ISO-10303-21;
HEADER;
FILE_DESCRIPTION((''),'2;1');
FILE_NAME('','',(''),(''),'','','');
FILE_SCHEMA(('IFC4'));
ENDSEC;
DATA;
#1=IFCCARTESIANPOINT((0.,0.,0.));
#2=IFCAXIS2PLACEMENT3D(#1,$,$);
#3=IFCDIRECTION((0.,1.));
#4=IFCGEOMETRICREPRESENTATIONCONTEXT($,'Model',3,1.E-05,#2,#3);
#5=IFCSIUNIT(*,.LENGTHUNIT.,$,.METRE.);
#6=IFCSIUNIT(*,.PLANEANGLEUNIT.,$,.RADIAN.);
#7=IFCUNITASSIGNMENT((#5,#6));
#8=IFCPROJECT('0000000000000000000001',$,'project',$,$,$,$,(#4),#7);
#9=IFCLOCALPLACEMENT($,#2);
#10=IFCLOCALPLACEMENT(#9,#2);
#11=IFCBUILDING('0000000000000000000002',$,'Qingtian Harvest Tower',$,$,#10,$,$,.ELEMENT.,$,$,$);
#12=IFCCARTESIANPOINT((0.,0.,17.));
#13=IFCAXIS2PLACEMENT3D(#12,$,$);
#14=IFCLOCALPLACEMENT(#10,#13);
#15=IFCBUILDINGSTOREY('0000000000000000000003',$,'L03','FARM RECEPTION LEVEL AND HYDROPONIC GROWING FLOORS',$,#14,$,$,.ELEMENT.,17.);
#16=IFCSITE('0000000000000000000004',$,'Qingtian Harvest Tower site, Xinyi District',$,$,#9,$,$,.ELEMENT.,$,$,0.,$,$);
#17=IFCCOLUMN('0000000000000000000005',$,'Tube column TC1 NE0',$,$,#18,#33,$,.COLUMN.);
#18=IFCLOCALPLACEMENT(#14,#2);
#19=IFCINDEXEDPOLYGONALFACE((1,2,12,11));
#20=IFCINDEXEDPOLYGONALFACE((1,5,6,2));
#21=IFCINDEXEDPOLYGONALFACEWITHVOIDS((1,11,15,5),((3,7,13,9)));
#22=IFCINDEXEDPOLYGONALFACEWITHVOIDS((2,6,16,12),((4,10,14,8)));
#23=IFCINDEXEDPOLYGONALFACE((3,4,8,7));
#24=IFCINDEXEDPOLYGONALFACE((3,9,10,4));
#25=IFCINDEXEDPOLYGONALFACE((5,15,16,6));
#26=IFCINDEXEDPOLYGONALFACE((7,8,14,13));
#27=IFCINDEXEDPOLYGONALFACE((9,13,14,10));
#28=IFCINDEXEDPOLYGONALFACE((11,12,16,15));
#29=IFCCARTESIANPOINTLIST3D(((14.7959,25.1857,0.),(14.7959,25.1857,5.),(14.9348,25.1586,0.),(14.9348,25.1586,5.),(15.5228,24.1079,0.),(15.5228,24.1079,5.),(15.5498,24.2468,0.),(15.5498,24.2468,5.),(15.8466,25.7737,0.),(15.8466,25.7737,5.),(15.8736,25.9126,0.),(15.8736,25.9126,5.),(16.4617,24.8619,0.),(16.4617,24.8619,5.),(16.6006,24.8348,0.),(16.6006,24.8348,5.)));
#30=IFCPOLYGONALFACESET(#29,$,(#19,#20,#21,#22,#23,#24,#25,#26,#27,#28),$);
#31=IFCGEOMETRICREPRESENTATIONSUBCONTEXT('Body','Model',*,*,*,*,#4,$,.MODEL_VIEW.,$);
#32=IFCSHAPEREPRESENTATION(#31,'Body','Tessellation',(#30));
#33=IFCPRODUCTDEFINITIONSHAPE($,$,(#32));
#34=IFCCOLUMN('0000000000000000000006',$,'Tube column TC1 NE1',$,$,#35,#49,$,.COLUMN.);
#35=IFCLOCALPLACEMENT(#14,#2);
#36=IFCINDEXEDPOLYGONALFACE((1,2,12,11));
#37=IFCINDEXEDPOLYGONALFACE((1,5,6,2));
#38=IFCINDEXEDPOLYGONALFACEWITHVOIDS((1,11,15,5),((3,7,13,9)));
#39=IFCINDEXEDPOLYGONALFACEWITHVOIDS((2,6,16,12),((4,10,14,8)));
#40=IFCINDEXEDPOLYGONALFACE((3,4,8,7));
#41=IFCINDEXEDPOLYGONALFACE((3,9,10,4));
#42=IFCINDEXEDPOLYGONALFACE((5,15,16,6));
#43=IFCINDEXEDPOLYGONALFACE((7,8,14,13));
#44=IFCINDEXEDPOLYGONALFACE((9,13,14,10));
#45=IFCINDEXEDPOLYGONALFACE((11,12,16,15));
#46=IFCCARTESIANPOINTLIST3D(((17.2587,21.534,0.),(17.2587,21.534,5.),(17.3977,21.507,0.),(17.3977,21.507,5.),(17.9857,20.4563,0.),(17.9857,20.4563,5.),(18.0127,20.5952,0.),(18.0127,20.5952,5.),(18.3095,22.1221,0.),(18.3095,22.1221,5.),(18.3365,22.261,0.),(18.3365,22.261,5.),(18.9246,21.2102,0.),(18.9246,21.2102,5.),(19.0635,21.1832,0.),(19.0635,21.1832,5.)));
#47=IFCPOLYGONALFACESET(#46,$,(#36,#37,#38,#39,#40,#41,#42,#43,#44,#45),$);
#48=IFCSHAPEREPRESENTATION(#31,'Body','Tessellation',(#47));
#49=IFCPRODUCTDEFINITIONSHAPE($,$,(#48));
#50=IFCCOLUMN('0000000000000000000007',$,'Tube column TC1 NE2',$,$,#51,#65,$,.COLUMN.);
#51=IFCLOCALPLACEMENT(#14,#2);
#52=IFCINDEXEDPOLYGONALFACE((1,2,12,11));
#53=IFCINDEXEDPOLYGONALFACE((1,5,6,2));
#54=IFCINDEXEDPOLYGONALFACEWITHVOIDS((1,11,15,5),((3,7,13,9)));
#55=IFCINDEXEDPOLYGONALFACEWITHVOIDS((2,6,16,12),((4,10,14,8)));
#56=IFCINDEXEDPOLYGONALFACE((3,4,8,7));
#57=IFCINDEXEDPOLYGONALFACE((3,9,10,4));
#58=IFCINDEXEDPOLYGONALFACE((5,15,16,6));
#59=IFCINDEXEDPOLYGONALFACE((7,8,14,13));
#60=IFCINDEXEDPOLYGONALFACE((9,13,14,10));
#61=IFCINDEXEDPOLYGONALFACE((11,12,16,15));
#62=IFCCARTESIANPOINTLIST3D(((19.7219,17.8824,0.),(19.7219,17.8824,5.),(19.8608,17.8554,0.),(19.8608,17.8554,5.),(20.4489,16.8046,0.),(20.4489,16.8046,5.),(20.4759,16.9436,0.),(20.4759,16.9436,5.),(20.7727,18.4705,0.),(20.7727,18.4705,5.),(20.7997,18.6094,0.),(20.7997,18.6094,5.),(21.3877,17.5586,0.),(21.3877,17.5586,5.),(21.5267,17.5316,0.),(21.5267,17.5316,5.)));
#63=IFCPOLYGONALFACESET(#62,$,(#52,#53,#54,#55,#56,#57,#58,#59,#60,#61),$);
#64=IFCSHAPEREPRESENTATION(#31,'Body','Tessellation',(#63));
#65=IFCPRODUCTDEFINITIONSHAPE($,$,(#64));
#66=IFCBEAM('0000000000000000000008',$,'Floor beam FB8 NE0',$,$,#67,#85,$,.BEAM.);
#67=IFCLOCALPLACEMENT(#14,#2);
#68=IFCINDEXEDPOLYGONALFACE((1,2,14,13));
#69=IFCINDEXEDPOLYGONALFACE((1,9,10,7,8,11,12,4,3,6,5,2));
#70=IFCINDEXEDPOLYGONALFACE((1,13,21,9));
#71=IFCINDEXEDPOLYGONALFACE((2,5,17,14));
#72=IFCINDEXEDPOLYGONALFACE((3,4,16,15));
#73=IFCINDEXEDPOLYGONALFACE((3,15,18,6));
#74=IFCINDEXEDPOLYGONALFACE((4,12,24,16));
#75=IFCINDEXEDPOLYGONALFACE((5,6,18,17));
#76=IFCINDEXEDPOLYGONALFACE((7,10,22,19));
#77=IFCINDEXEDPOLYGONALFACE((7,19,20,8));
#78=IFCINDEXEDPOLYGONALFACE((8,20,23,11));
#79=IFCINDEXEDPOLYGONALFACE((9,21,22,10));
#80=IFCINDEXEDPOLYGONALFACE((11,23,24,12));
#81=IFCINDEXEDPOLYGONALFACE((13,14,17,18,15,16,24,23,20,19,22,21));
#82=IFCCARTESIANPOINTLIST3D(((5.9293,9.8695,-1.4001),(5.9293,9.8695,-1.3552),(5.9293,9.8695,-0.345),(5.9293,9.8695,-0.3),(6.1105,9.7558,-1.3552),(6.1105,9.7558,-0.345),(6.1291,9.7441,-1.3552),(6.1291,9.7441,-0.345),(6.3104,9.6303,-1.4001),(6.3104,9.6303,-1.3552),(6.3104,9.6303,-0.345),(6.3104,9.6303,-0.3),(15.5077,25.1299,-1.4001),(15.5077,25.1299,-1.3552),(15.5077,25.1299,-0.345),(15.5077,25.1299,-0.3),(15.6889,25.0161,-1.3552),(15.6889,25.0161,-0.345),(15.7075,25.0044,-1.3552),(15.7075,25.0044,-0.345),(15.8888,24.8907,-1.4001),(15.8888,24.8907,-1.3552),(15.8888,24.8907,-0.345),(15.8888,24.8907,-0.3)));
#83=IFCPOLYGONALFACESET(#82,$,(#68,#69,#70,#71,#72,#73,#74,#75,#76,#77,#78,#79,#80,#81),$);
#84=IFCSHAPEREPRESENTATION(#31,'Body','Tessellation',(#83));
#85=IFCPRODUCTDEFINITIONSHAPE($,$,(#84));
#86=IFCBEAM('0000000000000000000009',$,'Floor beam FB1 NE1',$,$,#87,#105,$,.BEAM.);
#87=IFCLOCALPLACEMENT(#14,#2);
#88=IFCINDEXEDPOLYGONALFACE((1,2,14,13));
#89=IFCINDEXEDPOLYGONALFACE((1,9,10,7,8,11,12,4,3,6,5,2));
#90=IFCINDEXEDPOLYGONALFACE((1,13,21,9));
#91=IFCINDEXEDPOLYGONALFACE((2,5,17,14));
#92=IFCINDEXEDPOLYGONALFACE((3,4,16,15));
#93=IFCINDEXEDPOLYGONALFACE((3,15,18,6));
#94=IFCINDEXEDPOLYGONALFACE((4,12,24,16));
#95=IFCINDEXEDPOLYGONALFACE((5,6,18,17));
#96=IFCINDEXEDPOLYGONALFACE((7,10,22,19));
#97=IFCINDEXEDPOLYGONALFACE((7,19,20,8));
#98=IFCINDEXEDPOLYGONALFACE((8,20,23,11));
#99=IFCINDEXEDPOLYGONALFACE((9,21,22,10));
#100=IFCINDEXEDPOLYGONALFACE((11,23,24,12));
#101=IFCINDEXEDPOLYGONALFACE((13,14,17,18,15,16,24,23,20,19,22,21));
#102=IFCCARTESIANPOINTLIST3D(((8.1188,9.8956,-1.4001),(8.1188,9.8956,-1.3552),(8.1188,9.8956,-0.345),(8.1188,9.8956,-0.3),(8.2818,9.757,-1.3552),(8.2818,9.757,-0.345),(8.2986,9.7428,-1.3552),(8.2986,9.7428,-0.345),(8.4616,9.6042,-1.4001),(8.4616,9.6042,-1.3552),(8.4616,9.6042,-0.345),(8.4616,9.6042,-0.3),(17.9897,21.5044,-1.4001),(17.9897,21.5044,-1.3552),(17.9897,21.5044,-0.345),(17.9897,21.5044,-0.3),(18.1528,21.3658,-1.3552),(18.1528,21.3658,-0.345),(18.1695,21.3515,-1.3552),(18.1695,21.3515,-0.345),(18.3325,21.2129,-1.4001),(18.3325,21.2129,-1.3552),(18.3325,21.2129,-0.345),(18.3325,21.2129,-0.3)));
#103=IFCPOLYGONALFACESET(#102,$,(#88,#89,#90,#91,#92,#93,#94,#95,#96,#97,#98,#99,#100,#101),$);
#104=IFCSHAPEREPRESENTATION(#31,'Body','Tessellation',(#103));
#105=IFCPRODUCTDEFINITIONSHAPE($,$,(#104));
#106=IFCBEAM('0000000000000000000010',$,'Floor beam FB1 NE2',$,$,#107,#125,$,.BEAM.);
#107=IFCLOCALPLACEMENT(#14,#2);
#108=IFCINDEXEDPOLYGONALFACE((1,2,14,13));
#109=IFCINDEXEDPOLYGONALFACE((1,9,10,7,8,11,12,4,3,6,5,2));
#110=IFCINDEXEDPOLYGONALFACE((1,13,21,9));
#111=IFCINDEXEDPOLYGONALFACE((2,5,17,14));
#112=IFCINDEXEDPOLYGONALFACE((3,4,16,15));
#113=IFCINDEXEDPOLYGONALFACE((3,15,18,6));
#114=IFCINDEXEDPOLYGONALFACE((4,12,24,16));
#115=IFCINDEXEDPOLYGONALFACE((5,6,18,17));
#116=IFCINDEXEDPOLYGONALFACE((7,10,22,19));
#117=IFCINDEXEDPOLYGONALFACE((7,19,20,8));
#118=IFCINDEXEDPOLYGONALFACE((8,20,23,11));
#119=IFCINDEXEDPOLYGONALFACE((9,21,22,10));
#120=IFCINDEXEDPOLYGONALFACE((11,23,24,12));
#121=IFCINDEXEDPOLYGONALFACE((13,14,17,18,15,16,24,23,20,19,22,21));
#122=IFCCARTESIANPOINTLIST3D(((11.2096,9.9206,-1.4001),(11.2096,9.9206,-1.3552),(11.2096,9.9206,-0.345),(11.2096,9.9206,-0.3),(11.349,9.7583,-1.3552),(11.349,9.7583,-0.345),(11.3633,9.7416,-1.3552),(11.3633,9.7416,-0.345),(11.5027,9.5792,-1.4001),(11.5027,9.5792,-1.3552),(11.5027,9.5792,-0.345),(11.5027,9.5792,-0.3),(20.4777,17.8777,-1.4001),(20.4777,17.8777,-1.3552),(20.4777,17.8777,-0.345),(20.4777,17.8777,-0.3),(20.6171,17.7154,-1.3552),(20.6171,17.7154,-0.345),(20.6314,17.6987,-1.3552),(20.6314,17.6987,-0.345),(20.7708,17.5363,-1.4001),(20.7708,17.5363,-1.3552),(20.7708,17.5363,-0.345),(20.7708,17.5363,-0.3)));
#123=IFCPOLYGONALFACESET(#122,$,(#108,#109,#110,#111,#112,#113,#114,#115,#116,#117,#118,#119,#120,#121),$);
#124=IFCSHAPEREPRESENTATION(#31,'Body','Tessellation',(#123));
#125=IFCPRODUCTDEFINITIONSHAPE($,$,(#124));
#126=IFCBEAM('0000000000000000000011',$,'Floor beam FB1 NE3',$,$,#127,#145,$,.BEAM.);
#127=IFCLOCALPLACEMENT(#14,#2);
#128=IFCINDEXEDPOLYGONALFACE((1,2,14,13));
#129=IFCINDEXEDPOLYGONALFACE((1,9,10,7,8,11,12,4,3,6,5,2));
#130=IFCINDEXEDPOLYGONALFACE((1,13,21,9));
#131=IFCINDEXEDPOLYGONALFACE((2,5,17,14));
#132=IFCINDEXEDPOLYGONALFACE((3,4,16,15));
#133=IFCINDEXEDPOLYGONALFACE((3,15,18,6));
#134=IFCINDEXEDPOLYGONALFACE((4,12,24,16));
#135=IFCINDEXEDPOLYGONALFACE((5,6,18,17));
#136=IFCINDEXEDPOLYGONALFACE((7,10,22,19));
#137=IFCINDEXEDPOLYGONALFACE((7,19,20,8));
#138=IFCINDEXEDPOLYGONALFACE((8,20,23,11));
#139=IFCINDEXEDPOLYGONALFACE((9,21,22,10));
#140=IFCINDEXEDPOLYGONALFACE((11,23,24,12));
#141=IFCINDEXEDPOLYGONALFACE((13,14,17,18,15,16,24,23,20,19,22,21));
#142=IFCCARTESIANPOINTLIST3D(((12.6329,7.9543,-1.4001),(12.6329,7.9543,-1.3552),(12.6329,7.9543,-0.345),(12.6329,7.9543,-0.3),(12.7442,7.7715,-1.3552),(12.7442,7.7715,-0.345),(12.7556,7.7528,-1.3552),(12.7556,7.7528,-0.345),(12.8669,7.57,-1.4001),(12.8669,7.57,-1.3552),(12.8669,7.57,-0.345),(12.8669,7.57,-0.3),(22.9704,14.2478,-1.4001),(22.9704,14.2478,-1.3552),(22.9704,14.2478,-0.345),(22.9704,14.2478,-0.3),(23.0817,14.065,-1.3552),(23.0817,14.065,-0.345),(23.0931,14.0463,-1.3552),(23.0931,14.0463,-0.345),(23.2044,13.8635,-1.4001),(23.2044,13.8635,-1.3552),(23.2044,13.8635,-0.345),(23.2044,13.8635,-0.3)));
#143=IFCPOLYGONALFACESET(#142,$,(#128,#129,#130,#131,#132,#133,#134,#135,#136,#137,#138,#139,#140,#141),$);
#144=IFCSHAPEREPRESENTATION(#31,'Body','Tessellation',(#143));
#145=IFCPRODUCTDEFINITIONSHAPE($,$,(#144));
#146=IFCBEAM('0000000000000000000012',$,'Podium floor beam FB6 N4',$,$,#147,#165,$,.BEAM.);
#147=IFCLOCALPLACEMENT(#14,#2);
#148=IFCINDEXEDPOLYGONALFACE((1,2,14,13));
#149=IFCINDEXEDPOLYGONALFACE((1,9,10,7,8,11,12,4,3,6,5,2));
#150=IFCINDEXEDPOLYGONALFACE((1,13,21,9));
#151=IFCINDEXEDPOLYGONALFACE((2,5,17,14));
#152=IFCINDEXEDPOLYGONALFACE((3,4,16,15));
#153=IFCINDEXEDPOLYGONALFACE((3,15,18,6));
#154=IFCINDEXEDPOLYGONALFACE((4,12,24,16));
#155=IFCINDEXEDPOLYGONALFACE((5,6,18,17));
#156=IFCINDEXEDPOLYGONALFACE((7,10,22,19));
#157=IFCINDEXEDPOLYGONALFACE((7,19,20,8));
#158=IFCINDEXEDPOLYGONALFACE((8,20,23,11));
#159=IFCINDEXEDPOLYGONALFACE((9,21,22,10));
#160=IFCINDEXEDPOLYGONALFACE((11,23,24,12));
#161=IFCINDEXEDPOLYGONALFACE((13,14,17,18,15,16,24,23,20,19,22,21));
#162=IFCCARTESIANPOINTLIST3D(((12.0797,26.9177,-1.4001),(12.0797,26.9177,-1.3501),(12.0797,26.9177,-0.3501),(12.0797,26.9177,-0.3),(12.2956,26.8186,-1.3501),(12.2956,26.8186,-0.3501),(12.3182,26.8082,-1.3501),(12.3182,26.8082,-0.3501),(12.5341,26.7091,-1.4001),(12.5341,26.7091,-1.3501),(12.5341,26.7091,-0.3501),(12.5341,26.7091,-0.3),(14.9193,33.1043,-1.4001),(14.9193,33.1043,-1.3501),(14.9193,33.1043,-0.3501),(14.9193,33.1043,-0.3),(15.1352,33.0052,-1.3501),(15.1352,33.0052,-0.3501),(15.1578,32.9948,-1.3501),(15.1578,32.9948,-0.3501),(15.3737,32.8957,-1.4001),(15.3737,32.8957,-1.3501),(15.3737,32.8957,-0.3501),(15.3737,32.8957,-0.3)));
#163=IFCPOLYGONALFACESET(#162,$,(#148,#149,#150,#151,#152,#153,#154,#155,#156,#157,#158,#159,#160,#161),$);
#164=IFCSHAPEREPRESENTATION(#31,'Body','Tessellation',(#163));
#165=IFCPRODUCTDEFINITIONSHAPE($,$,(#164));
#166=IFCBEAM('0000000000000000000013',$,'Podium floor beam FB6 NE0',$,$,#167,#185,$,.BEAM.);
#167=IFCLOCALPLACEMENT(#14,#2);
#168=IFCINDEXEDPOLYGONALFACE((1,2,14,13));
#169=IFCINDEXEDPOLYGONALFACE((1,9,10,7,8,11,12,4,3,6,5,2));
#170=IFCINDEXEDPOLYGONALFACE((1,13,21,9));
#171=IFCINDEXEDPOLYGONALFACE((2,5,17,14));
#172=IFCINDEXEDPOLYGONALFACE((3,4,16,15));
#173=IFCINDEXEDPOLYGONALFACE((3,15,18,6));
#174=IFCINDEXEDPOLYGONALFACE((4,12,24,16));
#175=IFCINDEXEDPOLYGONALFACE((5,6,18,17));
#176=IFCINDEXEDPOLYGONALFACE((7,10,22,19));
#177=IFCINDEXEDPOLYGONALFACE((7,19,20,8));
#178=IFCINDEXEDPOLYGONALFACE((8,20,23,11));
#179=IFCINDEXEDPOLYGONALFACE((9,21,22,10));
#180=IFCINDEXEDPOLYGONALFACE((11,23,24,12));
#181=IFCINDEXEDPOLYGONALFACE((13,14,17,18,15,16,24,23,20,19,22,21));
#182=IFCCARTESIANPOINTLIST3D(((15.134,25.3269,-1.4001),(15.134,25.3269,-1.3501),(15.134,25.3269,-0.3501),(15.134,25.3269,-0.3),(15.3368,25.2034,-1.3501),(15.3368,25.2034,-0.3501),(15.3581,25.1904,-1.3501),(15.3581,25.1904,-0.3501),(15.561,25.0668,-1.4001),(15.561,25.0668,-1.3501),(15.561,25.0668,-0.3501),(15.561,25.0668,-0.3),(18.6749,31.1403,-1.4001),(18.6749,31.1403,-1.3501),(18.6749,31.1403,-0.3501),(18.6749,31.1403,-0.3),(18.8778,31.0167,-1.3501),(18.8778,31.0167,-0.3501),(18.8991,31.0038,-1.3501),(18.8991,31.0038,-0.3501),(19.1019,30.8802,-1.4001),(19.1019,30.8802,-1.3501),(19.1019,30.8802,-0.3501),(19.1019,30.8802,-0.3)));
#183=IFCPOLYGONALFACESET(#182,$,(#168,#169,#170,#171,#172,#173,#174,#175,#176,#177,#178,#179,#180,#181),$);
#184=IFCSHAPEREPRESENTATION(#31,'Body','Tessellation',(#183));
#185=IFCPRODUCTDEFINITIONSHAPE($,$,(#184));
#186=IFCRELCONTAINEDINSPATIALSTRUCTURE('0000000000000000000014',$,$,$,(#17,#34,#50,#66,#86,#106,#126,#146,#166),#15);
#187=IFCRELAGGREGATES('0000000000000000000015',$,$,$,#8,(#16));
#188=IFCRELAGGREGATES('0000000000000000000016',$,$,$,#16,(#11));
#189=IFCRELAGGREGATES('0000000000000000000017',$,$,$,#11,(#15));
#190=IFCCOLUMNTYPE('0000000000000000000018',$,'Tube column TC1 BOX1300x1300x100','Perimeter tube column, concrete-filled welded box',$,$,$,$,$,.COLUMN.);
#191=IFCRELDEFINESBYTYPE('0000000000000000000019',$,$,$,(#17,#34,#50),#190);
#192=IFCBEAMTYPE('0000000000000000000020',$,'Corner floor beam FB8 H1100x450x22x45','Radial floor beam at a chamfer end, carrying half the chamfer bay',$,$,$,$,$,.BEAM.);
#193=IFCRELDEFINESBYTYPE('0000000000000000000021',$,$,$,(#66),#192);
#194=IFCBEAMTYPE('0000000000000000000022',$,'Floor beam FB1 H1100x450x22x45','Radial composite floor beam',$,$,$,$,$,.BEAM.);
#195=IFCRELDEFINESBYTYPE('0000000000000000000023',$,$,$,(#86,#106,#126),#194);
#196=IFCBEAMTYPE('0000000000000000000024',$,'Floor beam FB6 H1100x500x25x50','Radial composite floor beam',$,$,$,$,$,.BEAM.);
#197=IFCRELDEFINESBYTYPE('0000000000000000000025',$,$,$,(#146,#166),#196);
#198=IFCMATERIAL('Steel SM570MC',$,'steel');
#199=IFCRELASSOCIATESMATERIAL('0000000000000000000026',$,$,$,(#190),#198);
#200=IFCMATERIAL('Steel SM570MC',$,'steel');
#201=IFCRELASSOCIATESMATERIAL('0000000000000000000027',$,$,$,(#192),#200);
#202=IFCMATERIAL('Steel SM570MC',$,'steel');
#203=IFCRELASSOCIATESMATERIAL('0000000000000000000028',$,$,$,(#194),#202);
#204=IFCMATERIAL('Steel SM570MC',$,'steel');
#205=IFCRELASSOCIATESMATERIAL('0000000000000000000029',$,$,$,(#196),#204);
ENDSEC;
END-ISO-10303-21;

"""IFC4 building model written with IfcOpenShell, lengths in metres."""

from ifc_helpers import new_model, si_unit, direction, frame, origin, origin_2d, place, context, subcontext, project, spatial, hollow_rectangle, i_section, extrude, material, material_profile, profile_set, type_object, element, save


model = new_model("IFC4")

# Units and contexts
model_context = context("Model", 3, precision=1e-05, world=origin(), true_north=direction((0.0, 1.0)))
body_context = subcontext(model_context, "Body", "Model", "MODEL_VIEW")
ifc_project = project(units=[si_unit("LENGTHUNIT", "METRE"), si_unit("PLANEANGLEUNIT", "RADIAN")], contexts=[model_context])

# Site, building, storey
site_placement = place(None, origin())
site = spatial("IfcSite", under=ifc_project, at=site_placement, Name="Qingtian Harvest Tower site, Xinyi District", CompositionType="ELEMENT", RefElevation=0.0)
building_placement = place(site_placement, origin())
building = spatial("IfcBuilding", under=site, at=building_placement, Name="Qingtian Harvest Tower", CompositionType="ELEMENT")
storey_placement = place(building_placement, frame((0.0, 0.0, 17.0)))
storey = spatial("IfcBuildingStorey", under=building, at=storey_placement, Name="L03", Description="FARM RECEPTION LEVEL AND HYDROPONIC GROWING FLOORS", CompositionType="ELEMENT", Elevation=17.0)

# Columns
ifc_material_1 = material(Name="Steel SM570MC", Category="steel")
ifc_material_profile_1 = material_profile(ifc_material_1, hollow_rectangle(XDim=1.3, YDim=1.3, WallThickness=0.1001, at=origin_2d()), Name="BOX1300x1300x100")
ifc_profile_set_1 = profile_set([ifc_material_profile_1], Name="Steel SM570MC")
column_type = type_object("IfcColumnType", Name="Tube column TC1 BOX1300x1300x100", Description="Perimeter tube column, concrete-filled welded box", PredefinedType="COLUMN", material=ifc_profile_set_1)
for number, where, z_axis, x_axis, name in (
    (1, (15.6982, 25.0103, 0.0), (0.0, 0.0, 1.0), (-0.559193, 0.829038, 0.0), "Tube column TC1 NE0"),
    (2, (18.1611, 21.3586, 0.0), (0.0, 0.0, 1.0), (-0.559193, 0.829038, 0.0), "Tube column TC1 NE1"),
    (3, (20.6243, 17.707, 0.0), (0.0, 0.0, 1.0), (-0.559193, 0.829038, 0.0), "Tube column TC1 NE2"),
):
    element("IfcColumn", number, at=place(storey_placement, frame(where, z_axis=z_axis, x_axis=x_axis)), inside=storey, type_object=column_type, Name=name, PredefinedType="COLUMN", context=body_context, shape_type="SweptSolid", body=[
        extrude(hollow_rectangle(XDim=1.3, YDim=1.3, WallThickness=0.1001, at=origin_2d()), origin(), (0.0, 0.0, 1.0), 5.0),
    ])

# Beams
ifc_material_2 = material(Name="Steel SM570MC", Category="steel")
ifc_material_profile_2 = material_profile(ifc_material_2, i_section(OverallWidth=0.45, OverallDepth=1.1001, WebThickness=0.022, FlangeThickness=0.0449, at=origin_2d()), Name="H1100x450x22x45")
ifc_profile_set_2 = profile_set([ifc_material_profile_2], Name="Steel SM570MC")
beam_type_1 = type_object("IfcBeamType", Name="Corner floor beam FB8 H1100x450x22x45", Description="Radial floor beam at a chamfer end, carrying half the chamfer bay", PredefinedType="BEAM", material=ifc_profile_set_2)
beam_1_placement = place(storey_placement, frame((15.6982, 25.0103, -0.8501), z_axis=(-0.531623, -0.846981, 0.0), x_axis=(0.846981, -0.531623, 0.0)))
element("IfcBeam", 4, at=beam_1_placement, inside=storey, type_object=beam_type_1, Name="Floor beam FB8 NE0", PredefinedType="BEAM", context=body_context, shape_type="SweptSolid", body=[
    extrude(i_section(OverallWidth=0.45, OverallDepth=1.1001, WebThickness=0.022, FlangeThickness=0.0449, at=origin_2d()), origin(), (0.0, 0.0, 1.0), 18.0173),
])
ifc_material_3 = material(Name="Steel SM570MC", Category="steel")
ifc_material_profile_3 = material_profile(ifc_material_3, i_section(OverallWidth=0.45, OverallDepth=1.1001, WebThickness=0.022, FlangeThickness=0.0449, at=origin_2d()), Name="H1100x450x22x45")
ifc_profile_set_3 = profile_set([ifc_material_profile_3], Name="Steel SM570MC")
beam_type_2 = type_object("IfcBeamType", Name="Floor beam FB1 H1100x450x22x45", Description="Radial composite floor beam", PredefinedType="BEAM", material=ifc_profile_set_3)
beam_2_placement = place(storey_placement, frame((18.1611, 21.3586, -0.8501), z_axis=(-0.647782, -0.761826, 0.0), x_axis=(0.761826, -0.647782, 0.0)))
element("IfcBeam", 5, at=beam_2_placement, inside=storey, type_object=beam_type_2, Name="Floor beam FB1 NE1", PredefinedType="BEAM", context=body_context, shape_type="SweptSolid", body=[
    extrude(i_section(OverallWidth=0.45, OverallDepth=1.1001, WebThickness=0.022, FlangeThickness=0.0449, at=origin_2d()), origin(), (0.0, 0.0, 1.0), 15.238),
])
beam_3_placement = place(storey_placement, frame((20.6243, 17.707, -0.8501), z_axis=(-0.758732, -0.651403, 0.0), x_axis=(0.651403, -0.758732, 0.0)))
element("IfcBeam", 6, at=beam_3_placement, inside=storey, type_object=beam_type_2, Name="Floor beam FB1 NE2", PredefinedType="BEAM", context=body_context, shape_type="SweptSolid", body=[
    extrude(i_section(OverallWidth=0.45, OverallDepth=1.1001, WebThickness=0.022, FlangeThickness=0.0449, at=origin_2d()), origin(), (0.0, 0.0, 1.0), 12.2153),
])
beam_4_placement = place(storey_placement, frame((23.0874, 14.0557, -0.8501), z_axis=(-0.854157, -0.520015, 0.0), x_axis=(0.520015, -0.854157, 0.0)))
element("IfcBeam", 7, at=beam_4_placement, inside=storey, type_object=beam_type_2, Name="Floor beam FB1 NE3", PredefinedType="BEAM", context=body_context, shape_type="SweptSolid", body=[
    extrude(i_section(OverallWidth=0.45, OverallDepth=1.1001, WebThickness=0.022, FlangeThickness=0.0449, at=origin_2d()), origin(), (0.0, 0.0, 1.0), 12.1025),
])
ifc_material_4 = material(Name="Steel SM570MC", Category="steel")
ifc_material_profile_4 = material_profile(ifc_material_4, i_section(OverallWidth=0.5, OverallDepth=1.1001, WebThickness=0.0249, FlangeThickness=0.05, at=origin_2d()), Name="H1100x500x25x50")
ifc_profile_set_4 = profile_set([ifc_material_profile_4], Name="Steel SM570MC")
beam_type_3 = type_object("IfcBeamType", Name="Floor beam FB6 H1100x500x25x50", Description="Radial composite floor beam", PredefinedType="BEAM", material=ifc_profile_set_4)
beam_5_placement = place(storey_placement, frame((15.1465, 33.0, -0.8501), z_axis=(-0.417154, -0.908836, 0.0), x_axis=(0.908836, -0.417154, 0.0)))
element("IfcBeam", 8, at=beam_5_placement, inside=storey, type_object=beam_type_3, Name="Podium floor beam FB6 N4", PredefinedType="BEAM", context=body_context, shape_type="SweptSolid", body=[
    extrude(i_section(OverallWidth=0.5, OverallDepth=1.1001, WebThickness=0.0249, FlangeThickness=0.05, at=origin_2d()), origin(), (0.0, 0.0, 1.0), 6.8071),
])
beam_6_placement = place(storey_placement, frame((18.8884, 31.0103, -0.8501), z_axis=(-0.520202, -0.854043, 0.0), x_axis=(0.854043, -0.520202, 0.0)))
element("IfcBeam", 9, at=beam_6_placement, inside=storey, type_object=beam_type_3, Name="Podium floor beam FB6 NE0", PredefinedType="BEAM", context=body_context, shape_type="SweptSolid", body=[
    extrude(i_section(OverallWidth=0.5, OverallDepth=1.1001, WebThickness=0.0249, FlangeThickness=0.05, at=origin_2d()), origin(), (0.0, 0.0, 1.0), 6.8069),
])

save(model, "model.ifc")
